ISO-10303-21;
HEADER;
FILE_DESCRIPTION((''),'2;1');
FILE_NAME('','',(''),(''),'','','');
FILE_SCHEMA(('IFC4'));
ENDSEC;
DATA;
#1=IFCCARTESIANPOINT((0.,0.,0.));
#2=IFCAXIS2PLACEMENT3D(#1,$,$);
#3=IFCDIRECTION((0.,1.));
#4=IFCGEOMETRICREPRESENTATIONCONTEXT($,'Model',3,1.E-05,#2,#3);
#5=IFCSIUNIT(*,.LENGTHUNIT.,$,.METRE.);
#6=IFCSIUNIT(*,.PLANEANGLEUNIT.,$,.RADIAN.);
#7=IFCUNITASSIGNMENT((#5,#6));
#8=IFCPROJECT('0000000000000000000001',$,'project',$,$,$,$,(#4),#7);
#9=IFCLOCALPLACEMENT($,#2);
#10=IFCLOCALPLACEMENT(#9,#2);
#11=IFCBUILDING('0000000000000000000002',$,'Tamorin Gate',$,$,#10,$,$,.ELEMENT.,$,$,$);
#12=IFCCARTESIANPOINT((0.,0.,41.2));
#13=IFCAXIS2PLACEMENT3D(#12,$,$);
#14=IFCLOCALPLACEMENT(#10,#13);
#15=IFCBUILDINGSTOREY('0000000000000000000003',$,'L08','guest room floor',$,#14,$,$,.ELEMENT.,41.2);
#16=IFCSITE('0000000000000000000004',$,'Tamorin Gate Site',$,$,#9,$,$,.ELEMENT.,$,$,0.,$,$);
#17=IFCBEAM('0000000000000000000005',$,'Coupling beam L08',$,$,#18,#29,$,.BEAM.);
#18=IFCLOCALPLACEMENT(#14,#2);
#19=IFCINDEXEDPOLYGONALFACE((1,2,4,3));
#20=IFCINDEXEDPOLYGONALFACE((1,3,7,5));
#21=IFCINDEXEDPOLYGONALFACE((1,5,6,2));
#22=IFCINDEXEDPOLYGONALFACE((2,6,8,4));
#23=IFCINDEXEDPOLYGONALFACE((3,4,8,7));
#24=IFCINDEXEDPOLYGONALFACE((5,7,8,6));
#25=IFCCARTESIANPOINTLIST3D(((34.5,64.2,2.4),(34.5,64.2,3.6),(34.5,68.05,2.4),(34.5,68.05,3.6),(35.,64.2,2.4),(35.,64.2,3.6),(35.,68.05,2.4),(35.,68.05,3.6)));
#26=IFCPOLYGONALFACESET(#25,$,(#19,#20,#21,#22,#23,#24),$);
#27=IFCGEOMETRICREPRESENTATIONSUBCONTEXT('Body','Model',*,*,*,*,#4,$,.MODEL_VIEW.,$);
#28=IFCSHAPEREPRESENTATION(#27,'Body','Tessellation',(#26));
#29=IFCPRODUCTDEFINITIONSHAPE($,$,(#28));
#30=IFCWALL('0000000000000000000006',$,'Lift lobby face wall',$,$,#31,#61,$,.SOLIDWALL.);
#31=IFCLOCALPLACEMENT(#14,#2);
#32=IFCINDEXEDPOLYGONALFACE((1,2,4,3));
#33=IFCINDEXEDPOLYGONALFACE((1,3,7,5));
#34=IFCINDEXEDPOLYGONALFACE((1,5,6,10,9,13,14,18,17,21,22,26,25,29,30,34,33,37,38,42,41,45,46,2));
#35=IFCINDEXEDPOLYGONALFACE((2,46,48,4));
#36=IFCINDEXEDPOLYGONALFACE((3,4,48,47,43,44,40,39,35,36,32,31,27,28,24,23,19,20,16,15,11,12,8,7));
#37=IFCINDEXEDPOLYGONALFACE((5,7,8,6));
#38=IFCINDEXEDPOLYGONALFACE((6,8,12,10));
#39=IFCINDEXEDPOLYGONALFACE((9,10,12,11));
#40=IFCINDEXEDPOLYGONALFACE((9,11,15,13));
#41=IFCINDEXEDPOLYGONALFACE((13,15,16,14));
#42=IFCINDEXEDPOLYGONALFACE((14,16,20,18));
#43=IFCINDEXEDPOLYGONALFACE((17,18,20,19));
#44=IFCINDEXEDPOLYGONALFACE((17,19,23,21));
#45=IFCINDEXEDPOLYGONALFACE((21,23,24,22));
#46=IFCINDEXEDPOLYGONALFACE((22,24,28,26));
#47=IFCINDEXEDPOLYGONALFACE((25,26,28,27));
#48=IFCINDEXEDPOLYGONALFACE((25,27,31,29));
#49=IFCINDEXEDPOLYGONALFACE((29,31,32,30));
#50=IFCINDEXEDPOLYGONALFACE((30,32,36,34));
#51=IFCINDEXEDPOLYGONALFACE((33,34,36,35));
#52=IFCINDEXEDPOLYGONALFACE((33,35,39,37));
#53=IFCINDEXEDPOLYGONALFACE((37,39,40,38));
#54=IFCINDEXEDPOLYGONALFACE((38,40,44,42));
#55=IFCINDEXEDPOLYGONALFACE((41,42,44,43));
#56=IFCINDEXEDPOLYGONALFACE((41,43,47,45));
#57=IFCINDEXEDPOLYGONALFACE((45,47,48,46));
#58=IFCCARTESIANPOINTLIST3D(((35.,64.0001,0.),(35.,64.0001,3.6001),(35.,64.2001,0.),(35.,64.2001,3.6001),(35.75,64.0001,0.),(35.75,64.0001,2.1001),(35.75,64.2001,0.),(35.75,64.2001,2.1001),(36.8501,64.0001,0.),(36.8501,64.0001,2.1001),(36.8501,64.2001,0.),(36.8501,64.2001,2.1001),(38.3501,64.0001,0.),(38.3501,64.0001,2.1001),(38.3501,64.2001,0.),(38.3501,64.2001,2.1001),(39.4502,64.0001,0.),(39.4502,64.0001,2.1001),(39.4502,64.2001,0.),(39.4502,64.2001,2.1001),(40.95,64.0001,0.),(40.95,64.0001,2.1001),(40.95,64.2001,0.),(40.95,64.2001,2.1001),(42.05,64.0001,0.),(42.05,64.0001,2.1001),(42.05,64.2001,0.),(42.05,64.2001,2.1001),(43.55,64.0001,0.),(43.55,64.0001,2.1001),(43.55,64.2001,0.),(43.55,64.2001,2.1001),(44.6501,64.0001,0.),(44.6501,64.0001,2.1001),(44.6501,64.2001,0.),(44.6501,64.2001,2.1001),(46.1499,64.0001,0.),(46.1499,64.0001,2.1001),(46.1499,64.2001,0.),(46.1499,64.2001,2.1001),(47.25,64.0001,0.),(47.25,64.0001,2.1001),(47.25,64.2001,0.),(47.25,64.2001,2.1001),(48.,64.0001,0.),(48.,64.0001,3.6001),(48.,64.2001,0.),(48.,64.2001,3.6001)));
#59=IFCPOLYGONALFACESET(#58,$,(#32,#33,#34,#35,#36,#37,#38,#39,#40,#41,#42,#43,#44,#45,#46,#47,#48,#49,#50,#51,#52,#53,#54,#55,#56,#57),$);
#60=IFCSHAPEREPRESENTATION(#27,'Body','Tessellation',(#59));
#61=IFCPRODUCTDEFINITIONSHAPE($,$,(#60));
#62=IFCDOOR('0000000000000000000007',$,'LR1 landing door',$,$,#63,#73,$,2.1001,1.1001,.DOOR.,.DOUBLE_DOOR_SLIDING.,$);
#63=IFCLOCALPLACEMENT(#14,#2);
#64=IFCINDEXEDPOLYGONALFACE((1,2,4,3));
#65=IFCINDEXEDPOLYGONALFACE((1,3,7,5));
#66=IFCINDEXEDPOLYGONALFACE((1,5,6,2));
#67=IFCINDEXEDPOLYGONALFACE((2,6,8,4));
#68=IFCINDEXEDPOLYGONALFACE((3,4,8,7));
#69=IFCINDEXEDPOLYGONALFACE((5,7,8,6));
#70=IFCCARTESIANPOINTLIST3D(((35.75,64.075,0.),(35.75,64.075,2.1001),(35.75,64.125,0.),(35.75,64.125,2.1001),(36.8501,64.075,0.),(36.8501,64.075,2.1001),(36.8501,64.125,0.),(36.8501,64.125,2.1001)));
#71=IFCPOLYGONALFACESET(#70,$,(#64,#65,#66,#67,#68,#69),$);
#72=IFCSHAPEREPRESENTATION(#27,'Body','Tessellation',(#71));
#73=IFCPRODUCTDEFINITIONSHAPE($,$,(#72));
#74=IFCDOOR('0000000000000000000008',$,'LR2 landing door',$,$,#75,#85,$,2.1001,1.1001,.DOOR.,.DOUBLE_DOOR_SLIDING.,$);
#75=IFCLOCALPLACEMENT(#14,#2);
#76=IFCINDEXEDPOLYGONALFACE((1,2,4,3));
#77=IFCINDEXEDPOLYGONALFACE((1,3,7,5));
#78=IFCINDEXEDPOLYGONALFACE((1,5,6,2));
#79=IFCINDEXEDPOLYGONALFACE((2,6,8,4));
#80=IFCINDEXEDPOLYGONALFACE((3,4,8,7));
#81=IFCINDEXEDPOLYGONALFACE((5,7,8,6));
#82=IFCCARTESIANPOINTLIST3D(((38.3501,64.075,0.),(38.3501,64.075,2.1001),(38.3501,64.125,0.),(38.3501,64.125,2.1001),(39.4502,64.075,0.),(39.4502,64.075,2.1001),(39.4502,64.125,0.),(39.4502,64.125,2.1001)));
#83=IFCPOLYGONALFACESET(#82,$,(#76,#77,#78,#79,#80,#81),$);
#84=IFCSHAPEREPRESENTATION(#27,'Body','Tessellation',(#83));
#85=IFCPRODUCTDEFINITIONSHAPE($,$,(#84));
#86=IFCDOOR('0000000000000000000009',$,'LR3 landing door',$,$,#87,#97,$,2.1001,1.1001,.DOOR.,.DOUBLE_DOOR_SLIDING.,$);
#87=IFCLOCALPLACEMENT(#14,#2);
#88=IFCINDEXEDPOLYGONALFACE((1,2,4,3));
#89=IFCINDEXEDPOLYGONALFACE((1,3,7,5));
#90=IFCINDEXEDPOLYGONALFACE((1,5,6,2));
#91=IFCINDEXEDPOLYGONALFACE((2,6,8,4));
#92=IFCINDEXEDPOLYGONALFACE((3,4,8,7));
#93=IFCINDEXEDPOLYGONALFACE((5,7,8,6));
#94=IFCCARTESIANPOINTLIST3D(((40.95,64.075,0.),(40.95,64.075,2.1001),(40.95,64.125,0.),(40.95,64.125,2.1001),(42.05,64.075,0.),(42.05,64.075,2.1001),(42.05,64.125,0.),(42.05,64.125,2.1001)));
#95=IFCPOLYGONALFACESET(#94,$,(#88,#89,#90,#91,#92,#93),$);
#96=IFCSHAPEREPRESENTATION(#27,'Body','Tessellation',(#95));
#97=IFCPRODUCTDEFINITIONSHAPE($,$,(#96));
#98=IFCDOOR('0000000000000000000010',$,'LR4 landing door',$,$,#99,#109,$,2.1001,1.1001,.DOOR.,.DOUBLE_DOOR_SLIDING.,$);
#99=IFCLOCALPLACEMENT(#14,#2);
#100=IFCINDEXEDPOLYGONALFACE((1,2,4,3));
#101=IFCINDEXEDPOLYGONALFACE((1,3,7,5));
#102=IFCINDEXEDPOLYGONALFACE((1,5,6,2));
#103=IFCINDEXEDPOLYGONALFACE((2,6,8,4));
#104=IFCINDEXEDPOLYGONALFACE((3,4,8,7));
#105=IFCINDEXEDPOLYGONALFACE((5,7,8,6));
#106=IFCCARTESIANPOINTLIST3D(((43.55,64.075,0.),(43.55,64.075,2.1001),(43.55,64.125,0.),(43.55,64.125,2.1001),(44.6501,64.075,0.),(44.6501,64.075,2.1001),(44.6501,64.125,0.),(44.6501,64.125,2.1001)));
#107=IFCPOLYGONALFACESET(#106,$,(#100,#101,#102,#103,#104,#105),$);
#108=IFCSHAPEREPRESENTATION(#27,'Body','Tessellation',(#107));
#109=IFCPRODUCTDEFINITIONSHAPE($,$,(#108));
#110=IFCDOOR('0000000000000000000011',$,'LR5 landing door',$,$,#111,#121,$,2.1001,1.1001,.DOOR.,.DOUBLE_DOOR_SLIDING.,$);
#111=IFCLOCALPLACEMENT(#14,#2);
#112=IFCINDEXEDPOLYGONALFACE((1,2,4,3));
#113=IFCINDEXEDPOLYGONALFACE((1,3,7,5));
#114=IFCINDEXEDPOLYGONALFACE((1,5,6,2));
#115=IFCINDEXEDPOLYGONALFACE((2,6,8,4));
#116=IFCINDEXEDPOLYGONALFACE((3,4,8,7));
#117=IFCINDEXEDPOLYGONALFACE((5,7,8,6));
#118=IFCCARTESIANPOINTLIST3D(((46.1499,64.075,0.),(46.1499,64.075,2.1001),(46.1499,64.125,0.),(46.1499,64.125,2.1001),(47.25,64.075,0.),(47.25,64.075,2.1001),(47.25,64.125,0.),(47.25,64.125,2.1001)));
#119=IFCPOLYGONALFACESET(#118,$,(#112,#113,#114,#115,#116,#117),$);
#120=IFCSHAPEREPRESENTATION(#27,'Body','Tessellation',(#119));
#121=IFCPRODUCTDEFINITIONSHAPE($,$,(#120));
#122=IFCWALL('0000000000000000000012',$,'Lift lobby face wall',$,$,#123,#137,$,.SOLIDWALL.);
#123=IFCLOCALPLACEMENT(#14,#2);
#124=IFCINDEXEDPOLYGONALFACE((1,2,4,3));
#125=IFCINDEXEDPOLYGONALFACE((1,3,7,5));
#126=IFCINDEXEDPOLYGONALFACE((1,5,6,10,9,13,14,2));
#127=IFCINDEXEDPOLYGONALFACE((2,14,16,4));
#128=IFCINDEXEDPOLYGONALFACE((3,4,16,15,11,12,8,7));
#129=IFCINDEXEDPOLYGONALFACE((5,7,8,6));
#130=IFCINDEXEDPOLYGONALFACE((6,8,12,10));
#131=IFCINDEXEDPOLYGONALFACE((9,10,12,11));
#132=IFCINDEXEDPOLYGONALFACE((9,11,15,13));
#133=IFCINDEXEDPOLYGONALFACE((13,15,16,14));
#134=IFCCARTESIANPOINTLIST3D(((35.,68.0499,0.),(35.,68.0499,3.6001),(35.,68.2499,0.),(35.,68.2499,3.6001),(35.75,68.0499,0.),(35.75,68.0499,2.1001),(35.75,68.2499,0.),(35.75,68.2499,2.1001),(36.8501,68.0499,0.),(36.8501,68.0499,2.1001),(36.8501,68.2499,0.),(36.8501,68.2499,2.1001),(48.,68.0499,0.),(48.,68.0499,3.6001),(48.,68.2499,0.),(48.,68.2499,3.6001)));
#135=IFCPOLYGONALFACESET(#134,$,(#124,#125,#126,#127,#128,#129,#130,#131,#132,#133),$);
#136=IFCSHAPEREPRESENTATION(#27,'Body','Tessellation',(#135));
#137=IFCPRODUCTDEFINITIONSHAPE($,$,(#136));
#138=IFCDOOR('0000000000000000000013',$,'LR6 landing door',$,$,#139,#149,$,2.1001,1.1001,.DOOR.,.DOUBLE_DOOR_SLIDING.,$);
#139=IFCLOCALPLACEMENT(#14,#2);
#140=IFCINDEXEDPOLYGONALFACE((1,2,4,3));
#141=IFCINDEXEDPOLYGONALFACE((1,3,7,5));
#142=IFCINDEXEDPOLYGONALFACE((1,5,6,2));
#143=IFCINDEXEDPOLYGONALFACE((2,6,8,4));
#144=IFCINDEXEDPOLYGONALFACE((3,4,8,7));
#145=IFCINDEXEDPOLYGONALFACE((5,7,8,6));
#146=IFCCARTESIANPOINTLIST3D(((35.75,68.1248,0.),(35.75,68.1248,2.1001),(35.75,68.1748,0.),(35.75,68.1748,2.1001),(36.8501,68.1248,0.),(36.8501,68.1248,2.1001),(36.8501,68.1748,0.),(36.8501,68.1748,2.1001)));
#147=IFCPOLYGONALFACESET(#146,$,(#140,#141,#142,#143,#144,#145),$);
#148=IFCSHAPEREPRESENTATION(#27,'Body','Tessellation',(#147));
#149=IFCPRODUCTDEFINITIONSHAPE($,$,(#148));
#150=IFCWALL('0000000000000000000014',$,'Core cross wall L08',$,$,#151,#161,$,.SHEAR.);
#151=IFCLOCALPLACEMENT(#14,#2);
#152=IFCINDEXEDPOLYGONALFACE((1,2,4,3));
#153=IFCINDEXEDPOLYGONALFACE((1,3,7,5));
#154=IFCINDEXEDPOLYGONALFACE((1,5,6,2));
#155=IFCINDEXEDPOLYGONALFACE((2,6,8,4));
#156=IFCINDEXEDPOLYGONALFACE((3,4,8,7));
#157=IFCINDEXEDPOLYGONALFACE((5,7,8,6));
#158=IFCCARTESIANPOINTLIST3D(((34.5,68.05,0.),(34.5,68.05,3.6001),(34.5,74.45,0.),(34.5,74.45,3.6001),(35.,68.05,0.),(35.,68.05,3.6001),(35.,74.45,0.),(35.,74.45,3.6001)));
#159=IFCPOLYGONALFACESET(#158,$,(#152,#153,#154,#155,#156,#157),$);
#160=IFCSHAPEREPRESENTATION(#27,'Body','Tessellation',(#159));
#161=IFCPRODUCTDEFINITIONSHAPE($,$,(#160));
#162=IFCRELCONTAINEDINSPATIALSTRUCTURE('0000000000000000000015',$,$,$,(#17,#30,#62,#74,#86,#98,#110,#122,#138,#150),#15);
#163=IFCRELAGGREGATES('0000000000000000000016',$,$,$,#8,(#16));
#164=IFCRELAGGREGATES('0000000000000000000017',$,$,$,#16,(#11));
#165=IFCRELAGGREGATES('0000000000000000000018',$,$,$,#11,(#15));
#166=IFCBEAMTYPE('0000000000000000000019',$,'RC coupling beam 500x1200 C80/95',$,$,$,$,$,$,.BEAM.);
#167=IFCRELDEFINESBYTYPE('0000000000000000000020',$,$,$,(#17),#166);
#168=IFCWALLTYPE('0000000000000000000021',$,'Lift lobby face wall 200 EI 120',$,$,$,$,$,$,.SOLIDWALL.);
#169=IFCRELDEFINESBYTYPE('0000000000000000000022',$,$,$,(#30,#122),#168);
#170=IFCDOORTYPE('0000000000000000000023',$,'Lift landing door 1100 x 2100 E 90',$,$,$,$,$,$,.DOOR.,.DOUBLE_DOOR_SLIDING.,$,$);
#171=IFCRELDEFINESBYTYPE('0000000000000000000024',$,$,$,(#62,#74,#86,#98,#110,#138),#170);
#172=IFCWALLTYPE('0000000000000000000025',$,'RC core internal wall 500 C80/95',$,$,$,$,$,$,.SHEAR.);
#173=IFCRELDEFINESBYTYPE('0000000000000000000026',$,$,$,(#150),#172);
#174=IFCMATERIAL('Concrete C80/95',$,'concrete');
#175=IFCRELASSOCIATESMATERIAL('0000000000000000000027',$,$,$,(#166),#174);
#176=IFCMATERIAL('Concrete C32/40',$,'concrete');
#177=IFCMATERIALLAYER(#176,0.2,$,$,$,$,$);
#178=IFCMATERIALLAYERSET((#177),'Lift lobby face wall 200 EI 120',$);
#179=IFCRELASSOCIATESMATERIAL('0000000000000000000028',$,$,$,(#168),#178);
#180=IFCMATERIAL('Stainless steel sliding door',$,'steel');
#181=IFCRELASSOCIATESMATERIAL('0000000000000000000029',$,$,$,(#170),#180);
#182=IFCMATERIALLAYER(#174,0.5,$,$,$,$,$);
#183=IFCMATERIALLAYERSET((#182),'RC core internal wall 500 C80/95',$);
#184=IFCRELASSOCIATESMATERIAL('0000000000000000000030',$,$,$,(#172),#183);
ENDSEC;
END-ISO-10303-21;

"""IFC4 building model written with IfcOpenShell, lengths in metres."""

from ifc_helpers import new_model, si_unit, direction, frame, frame_2d, origin, origin_2d, place, context, subcontext, project, spatial, rectangle, extrude, material, layer, layer_set, material_profile, profile_set, type_object, element, fill, save


model = new_model("IFC4")

# Units and contexts
model_context = context("Model", 3, precision=1e-05, world=origin(), true_north=direction((0.0, 1.0)))
body_context = subcontext(model_context, "Body", "Model", "MODEL_VIEW")
ifc_project = project(units=[si_unit("LENGTHUNIT", "METRE"), si_unit("PLANEANGLEUNIT", "RADIAN")], contexts=[model_context])

# Site, building, storey
site_placement = place(None, origin())
site = spatial("IfcSite", under=ifc_project, at=site_placement, Name="Tamorin Gate Site", CompositionType="ELEMENT", RefElevation=0.0)
building_placement = place(site_placement, origin())
building = spatial("IfcBuilding", under=site, at=building_placement, Name="Tamorin Gate", CompositionType="ELEMENT")
storey_placement = place(building_placement, frame((0.0, 0.0, 41.2)))
storey = spatial("IfcBuildingStorey", under=building, at=storey_placement, Name="L08", Description="guest room floor", CompositionType="ELEMENT", Elevation=41.2)

# Beam
ifc_material_1 = material(Name="Concrete C80/95", Category="concrete")
ifc_material_profile = material_profile(ifc_material_1, rectangle(XDim=0.5, YDim=1.2, at=origin_2d()), Name="RC 500x1200")
ifc_profile_set = profile_set([ifc_material_profile], Name="Concrete C80/95")
beam_type = type_object("IfcBeamType", Name="RC coupling beam 500x1200 C80/95", PredefinedType="BEAM", material=ifc_profile_set)
beam_placement = place(storey_placement, frame((34.75, 64.2, 3.0), z_axis=(0.0, 1.0, 0.0), x_axis=(-1.0, 0.0, 0.0)))
element("IfcBeam", 1, at=beam_placement, inside=storey, type_object=beam_type, Name="Coupling beam L08", PredefinedType="BEAM", context=body_context, shape_type="SweptSolid", body=[
    extrude(rectangle(XDim=0.5, YDim=1.2, at=origin_2d()), origin(), (0.0, 0.0, 1.0), 3.8501),
])

# Wall, openings, doors
ifc_material_2 = material(Name="Concrete C32/40", Category="concrete")
ifc_layer_1 = layer(ifc_material_2, 0.2)
ifc_layer_set_1 = layer_set([ifc_layer_1], Name="Lift lobby face wall 200 EI 120")
wall_type_1 = type_object("IfcWallType", Name="Lift lobby face wall 200 EI 120", PredefinedType="SOLIDWALL", material=ifc_layer_set_1)
wall_1_placement = place(storey_placement, frame((35.0, 64.1001, 0.0), z_axis=(0.0, 0.0, 1.0), x_axis=(1.0, 0.0, 0.0)))
wall_1 = element("IfcWall", 2, at=wall_1_placement, inside=storey, type_object=wall_type_1, Name="Lift lobby face wall", PredefinedType="SOLIDWALL", context=body_context, shape_type="SweptSolid", body=[
    extrude(rectangle(XDim=13.0, YDim=0.2, at=frame_2d((6.5, 0.0))), origin(), (0.0, 0.0, 1.0), 3.6001),
])
opening_1_placement = place(wall_1_placement, frame((0.75, 0.0, 0.0)))
opening_1 = element("IfcOpeningElement", 3, at=opening_1_placement, cuts=wall_1, PredefinedType="OPENING", context=body_context, shape_type="SweptSolid", body=[
    extrude(rectangle(XDim=1.1001, YDim=2.1001, at=frame_2d((0.55, 1.05))), frame((0.0, 0.1099, 0.0), z_axis=(0.0, -1.0, 0.0), x_axis=(1.0, 0.0, 0.0)), (0.0, 0.0, 1.0), 0.22),
])
opening_2_placement = place(wall_1_placement, frame((3.3501, 0.0, 0.0)))
opening_2 = element("IfcOpeningElement", 4, at=opening_2_placement, cuts=wall_1, PredefinedType="OPENING", context=body_context, shape_type="SweptSolid", body=[
    extrude(rectangle(XDim=1.1001, YDim=2.1001, at=frame_2d((0.55, 1.05))), frame((0.0, 0.1099, 0.0), z_axis=(0.0, -1.0, 0.0), x_axis=(1.0, 0.0, 0.0)), (0.0, 0.0, 1.0), 0.22),
])
opening_3_placement = place(wall_1_placement, frame((5.95, 0.0, 0.0)))
opening_3 = element("IfcOpeningElement", 5, at=opening_3_placement, cuts=wall_1, PredefinedType="OPENING", context=body_context, shape_type="SweptSolid", body=[
    extrude(rectangle(XDim=1.1001, YDim=2.1001, at=frame_2d((0.55, 1.05))), frame((0.0, 0.1099, 0.0), z_axis=(0.0, -1.0, 0.0), x_axis=(1.0, 0.0, 0.0)), (0.0, 0.0, 1.0), 0.22),
])
opening_4_placement = place(wall_1_placement, frame((8.55, 0.0, 0.0)))
opening_4 = element("IfcOpeningElement", 6, at=opening_4_placement, cuts=wall_1, PredefinedType="OPENING", context=body_context, shape_type="SweptSolid", body=[
    extrude(rectangle(XDim=1.1001, YDim=2.1001, at=frame_2d((0.55, 1.05))), frame((0.0, 0.1099, 0.0), z_axis=(0.0, -1.0, 0.0), x_axis=(1.0, 0.0, 0.0)), (0.0, 0.0, 1.0), 0.22),
])
opening_5_placement = place(wall_1_placement, frame((11.1499, 0.0, 0.0)))
opening_5 = element("IfcOpeningElement", 7, at=opening_5_placement, cuts=wall_1, PredefinedType="OPENING", context=body_context, shape_type="SweptSolid", body=[
    extrude(rectangle(XDim=1.1001, YDim=2.1001, at=frame_2d((0.55, 1.05))), frame((0.0, 0.1099, 0.0), z_axis=(0.0, -1.0, 0.0), x_axis=(1.0, 0.0, 0.0)), (0.0, 0.0, 1.0), 0.22),
])
ifc_material_3 = material(Name="Stainless steel sliding door", Category="steel")
door_type_1 = type_object("IfcDoorType", Name="Lift landing door 1100 x 2100 E 90", OperationType="DOUBLE_DOOR_SLIDING", PredefinedType="DOOR", material=ifc_material_3)
door_1_placement = place(opening_1_placement, origin())
door_1 = element("IfcDoor", 8, at=door_1_placement, inside=storey, type_object=door_type_1, Name="LR1 landing door", OperationType="DOUBLE_DOOR_SLIDING", OverallHeight=2.1001, OverallWidth=1.1001, PredefinedType="DOOR", context=body_context, shape_type="SweptSolid", body=[
    extrude(rectangle(XDim=1.1001, YDim=2.1001, at=frame_2d((0.55, 1.05))), frame((0.0, 0.0249, 0.0), z_axis=(0.0, -1.0, 0.0), x_axis=(1.0, 0.0, 0.0)), (0.0, 0.0, 1.0), 0.05),
])
fill(opening_1, door_1)
door_2_placement = place(opening_2_placement, origin())
door_2 = element("IfcDoor", 9, at=door_2_placement, inside=storey, type_object=door_type_1, Name="LR2 landing door", OperationType="DOUBLE_DOOR_SLIDING", OverallHeight=2.1001, OverallWidth=1.1001, PredefinedType="DOOR", context=body_context, shape_type="SweptSolid", body=[
    extrude(rectangle(XDim=1.1001, YDim=2.1001, at=frame_2d((0.55, 1.05))), frame((0.0, 0.0249, 0.0), z_axis=(0.0, -1.0, 0.0), x_axis=(1.0, 0.0, 0.0)), (0.0, 0.0, 1.0), 0.05),
])
fill(opening_2, door_2)
door_3_placement = place(opening_3_placement, origin())
door_3 = element("IfcDoor", 10, at=door_3_placement, inside=storey, type_object=door_type_1, Name="LR3 landing door", OperationType="DOUBLE_DOOR_SLIDING", OverallHeight=2.1001, OverallWidth=1.1001, PredefinedType="DOOR", context=body_context, shape_type="SweptSolid", body=[
    extrude(rectangle(XDim=1.1001, YDim=2.1001, at=frame_2d((0.55, 1.05))), frame((0.0, 0.0249, 0.0), z_axis=(0.0, -1.0, 0.0), x_axis=(1.0, 0.0, 0.0)), (0.0, 0.0, 1.0), 0.05),
])
fill(opening_3, door_3)
door_4_placement = place(opening_4_placement, origin())
door_4 = element("IfcDoor", 11, at=door_4_placement, inside=storey, type_object=door_type_1, Name="LR4 landing door", OperationType="DOUBLE_DOOR_SLIDING", OverallHeight=2.1001, OverallWidth=1.1001, PredefinedType="DOOR", context=body_context, shape_type="SweptSolid", body=[
    extrude(rectangle(XDim=1.1001, YDim=2.1001, at=frame_2d((0.55, 1.05))), frame((0.0, 0.0249, 0.0), z_axis=(0.0, -1.0, 0.0), x_axis=(1.0, 0.0, 0.0)), (0.0, 0.0, 1.0), 0.05),
])
fill(opening_4, door_4)
door_5_placement = place(opening_5_placement, origin())
door_5 = element("IfcDoor", 12, at=door_5_placement, inside=storey, type_object=door_type_1, Name="LR5 landing door", OperationType="DOUBLE_DOOR_SLIDING", OverallHeight=2.1001, OverallWidth=1.1001, PredefinedType="DOOR", context=body_context, shape_type="SweptSolid", body=[
    extrude(rectangle(XDim=1.1001, YDim=2.1001, at=frame_2d((0.55, 1.05))), frame((0.0, 0.0249, 0.0), z_axis=(0.0, -1.0, 0.0), x_axis=(1.0, 0.0, 0.0)), (0.0, 0.0, 1.0), 0.05),
])
fill(opening_5, door_5)

# Wall, opening, door
wall_2_placement = place(storey_placement, frame((35.0, 68.1499, 0.0), z_axis=(0.0, 0.0, 1.0), x_axis=(1.0, 0.0, 0.0)))
wall_2 = element("IfcWall", 13, at=wall_2_placement, inside=storey, type_object=wall_type_1, Name="Lift lobby face wall", PredefinedType="SOLIDWALL", context=body_context, shape_type="SweptSolid", body=[
    extrude(rectangle(XDim=13.0, YDim=0.2, at=frame_2d((6.5, 0.0))), origin(), (0.0, 0.0, 1.0), 3.6001),
])
opening_6_placement = place(wall_2_placement, frame((0.75, 0.0, 0.0)))
opening_6 = element("IfcOpeningElement", 14, at=opening_6_placement, cuts=wall_2, PredefinedType="OPENING", context=body_context, shape_type="SweptSolid", body=[
    extrude(rectangle(XDim=1.1001, YDim=2.1001, at=frame_2d((0.55, 1.05))), frame((0.0, 0.1099, 0.0), z_axis=(0.0, -1.0, 0.0), x_axis=(1.0, 0.0, 0.0)), (0.0, 0.0, 1.0), 0.22),
])
door_6_placement = place(opening_6_placement, origin())
door_6 = element("IfcDoor", 15, at=door_6_placement, inside=storey, type_object=door_type_1, Name="LR6 landing door", OperationType="DOUBLE_DOOR_SLIDING", OverallHeight=2.1001, OverallWidth=1.1001, PredefinedType="DOOR", context=body_context, shape_type="SweptSolid", body=[
    extrude(rectangle(XDim=1.1001, YDim=2.1001, at=frame_2d((0.55, 1.05))), frame((0.0, 0.0249, 0.0), z_axis=(0.0, -1.0, 0.0), x_axis=(1.0, 0.0, 0.0)), (0.0, 0.0, 1.0), 0.05),
])
fill(opening_6, door_6)

# Wall
ifc_layer_2 = layer(ifc_material_1, 0.5)
ifc_layer_set_2 = layer_set([ifc_layer_2], Name="RC core internal wall 500 C80/95")
wall_type_2 = type_object("IfcWallType", Name="RC core internal wall 500 C80/95", PredefinedType="SHEAR", material=ifc_layer_set_2)
wall_3_placement = place(storey_placement, frame((34.75, 68.05, 0.0), z_axis=(0.0, 0.0, 1.0), x_axis=(0.0, 1.0, 0.0)))
element("IfcWall", 16, at=wall_3_placement, inside=storey, type_object=wall_type_2, Name="Core cross wall L08", PredefinedType="SHEAR", context=body_context, shape_type="SweptSolid", body=[
    extrude(rectangle(XDim=6.3999, YDim=0.5, at=frame_2d((3.2, 0.0))), origin(), (0.0, 0.0, 1.0), 3.6001),
])

save(model, "model.ifc")
